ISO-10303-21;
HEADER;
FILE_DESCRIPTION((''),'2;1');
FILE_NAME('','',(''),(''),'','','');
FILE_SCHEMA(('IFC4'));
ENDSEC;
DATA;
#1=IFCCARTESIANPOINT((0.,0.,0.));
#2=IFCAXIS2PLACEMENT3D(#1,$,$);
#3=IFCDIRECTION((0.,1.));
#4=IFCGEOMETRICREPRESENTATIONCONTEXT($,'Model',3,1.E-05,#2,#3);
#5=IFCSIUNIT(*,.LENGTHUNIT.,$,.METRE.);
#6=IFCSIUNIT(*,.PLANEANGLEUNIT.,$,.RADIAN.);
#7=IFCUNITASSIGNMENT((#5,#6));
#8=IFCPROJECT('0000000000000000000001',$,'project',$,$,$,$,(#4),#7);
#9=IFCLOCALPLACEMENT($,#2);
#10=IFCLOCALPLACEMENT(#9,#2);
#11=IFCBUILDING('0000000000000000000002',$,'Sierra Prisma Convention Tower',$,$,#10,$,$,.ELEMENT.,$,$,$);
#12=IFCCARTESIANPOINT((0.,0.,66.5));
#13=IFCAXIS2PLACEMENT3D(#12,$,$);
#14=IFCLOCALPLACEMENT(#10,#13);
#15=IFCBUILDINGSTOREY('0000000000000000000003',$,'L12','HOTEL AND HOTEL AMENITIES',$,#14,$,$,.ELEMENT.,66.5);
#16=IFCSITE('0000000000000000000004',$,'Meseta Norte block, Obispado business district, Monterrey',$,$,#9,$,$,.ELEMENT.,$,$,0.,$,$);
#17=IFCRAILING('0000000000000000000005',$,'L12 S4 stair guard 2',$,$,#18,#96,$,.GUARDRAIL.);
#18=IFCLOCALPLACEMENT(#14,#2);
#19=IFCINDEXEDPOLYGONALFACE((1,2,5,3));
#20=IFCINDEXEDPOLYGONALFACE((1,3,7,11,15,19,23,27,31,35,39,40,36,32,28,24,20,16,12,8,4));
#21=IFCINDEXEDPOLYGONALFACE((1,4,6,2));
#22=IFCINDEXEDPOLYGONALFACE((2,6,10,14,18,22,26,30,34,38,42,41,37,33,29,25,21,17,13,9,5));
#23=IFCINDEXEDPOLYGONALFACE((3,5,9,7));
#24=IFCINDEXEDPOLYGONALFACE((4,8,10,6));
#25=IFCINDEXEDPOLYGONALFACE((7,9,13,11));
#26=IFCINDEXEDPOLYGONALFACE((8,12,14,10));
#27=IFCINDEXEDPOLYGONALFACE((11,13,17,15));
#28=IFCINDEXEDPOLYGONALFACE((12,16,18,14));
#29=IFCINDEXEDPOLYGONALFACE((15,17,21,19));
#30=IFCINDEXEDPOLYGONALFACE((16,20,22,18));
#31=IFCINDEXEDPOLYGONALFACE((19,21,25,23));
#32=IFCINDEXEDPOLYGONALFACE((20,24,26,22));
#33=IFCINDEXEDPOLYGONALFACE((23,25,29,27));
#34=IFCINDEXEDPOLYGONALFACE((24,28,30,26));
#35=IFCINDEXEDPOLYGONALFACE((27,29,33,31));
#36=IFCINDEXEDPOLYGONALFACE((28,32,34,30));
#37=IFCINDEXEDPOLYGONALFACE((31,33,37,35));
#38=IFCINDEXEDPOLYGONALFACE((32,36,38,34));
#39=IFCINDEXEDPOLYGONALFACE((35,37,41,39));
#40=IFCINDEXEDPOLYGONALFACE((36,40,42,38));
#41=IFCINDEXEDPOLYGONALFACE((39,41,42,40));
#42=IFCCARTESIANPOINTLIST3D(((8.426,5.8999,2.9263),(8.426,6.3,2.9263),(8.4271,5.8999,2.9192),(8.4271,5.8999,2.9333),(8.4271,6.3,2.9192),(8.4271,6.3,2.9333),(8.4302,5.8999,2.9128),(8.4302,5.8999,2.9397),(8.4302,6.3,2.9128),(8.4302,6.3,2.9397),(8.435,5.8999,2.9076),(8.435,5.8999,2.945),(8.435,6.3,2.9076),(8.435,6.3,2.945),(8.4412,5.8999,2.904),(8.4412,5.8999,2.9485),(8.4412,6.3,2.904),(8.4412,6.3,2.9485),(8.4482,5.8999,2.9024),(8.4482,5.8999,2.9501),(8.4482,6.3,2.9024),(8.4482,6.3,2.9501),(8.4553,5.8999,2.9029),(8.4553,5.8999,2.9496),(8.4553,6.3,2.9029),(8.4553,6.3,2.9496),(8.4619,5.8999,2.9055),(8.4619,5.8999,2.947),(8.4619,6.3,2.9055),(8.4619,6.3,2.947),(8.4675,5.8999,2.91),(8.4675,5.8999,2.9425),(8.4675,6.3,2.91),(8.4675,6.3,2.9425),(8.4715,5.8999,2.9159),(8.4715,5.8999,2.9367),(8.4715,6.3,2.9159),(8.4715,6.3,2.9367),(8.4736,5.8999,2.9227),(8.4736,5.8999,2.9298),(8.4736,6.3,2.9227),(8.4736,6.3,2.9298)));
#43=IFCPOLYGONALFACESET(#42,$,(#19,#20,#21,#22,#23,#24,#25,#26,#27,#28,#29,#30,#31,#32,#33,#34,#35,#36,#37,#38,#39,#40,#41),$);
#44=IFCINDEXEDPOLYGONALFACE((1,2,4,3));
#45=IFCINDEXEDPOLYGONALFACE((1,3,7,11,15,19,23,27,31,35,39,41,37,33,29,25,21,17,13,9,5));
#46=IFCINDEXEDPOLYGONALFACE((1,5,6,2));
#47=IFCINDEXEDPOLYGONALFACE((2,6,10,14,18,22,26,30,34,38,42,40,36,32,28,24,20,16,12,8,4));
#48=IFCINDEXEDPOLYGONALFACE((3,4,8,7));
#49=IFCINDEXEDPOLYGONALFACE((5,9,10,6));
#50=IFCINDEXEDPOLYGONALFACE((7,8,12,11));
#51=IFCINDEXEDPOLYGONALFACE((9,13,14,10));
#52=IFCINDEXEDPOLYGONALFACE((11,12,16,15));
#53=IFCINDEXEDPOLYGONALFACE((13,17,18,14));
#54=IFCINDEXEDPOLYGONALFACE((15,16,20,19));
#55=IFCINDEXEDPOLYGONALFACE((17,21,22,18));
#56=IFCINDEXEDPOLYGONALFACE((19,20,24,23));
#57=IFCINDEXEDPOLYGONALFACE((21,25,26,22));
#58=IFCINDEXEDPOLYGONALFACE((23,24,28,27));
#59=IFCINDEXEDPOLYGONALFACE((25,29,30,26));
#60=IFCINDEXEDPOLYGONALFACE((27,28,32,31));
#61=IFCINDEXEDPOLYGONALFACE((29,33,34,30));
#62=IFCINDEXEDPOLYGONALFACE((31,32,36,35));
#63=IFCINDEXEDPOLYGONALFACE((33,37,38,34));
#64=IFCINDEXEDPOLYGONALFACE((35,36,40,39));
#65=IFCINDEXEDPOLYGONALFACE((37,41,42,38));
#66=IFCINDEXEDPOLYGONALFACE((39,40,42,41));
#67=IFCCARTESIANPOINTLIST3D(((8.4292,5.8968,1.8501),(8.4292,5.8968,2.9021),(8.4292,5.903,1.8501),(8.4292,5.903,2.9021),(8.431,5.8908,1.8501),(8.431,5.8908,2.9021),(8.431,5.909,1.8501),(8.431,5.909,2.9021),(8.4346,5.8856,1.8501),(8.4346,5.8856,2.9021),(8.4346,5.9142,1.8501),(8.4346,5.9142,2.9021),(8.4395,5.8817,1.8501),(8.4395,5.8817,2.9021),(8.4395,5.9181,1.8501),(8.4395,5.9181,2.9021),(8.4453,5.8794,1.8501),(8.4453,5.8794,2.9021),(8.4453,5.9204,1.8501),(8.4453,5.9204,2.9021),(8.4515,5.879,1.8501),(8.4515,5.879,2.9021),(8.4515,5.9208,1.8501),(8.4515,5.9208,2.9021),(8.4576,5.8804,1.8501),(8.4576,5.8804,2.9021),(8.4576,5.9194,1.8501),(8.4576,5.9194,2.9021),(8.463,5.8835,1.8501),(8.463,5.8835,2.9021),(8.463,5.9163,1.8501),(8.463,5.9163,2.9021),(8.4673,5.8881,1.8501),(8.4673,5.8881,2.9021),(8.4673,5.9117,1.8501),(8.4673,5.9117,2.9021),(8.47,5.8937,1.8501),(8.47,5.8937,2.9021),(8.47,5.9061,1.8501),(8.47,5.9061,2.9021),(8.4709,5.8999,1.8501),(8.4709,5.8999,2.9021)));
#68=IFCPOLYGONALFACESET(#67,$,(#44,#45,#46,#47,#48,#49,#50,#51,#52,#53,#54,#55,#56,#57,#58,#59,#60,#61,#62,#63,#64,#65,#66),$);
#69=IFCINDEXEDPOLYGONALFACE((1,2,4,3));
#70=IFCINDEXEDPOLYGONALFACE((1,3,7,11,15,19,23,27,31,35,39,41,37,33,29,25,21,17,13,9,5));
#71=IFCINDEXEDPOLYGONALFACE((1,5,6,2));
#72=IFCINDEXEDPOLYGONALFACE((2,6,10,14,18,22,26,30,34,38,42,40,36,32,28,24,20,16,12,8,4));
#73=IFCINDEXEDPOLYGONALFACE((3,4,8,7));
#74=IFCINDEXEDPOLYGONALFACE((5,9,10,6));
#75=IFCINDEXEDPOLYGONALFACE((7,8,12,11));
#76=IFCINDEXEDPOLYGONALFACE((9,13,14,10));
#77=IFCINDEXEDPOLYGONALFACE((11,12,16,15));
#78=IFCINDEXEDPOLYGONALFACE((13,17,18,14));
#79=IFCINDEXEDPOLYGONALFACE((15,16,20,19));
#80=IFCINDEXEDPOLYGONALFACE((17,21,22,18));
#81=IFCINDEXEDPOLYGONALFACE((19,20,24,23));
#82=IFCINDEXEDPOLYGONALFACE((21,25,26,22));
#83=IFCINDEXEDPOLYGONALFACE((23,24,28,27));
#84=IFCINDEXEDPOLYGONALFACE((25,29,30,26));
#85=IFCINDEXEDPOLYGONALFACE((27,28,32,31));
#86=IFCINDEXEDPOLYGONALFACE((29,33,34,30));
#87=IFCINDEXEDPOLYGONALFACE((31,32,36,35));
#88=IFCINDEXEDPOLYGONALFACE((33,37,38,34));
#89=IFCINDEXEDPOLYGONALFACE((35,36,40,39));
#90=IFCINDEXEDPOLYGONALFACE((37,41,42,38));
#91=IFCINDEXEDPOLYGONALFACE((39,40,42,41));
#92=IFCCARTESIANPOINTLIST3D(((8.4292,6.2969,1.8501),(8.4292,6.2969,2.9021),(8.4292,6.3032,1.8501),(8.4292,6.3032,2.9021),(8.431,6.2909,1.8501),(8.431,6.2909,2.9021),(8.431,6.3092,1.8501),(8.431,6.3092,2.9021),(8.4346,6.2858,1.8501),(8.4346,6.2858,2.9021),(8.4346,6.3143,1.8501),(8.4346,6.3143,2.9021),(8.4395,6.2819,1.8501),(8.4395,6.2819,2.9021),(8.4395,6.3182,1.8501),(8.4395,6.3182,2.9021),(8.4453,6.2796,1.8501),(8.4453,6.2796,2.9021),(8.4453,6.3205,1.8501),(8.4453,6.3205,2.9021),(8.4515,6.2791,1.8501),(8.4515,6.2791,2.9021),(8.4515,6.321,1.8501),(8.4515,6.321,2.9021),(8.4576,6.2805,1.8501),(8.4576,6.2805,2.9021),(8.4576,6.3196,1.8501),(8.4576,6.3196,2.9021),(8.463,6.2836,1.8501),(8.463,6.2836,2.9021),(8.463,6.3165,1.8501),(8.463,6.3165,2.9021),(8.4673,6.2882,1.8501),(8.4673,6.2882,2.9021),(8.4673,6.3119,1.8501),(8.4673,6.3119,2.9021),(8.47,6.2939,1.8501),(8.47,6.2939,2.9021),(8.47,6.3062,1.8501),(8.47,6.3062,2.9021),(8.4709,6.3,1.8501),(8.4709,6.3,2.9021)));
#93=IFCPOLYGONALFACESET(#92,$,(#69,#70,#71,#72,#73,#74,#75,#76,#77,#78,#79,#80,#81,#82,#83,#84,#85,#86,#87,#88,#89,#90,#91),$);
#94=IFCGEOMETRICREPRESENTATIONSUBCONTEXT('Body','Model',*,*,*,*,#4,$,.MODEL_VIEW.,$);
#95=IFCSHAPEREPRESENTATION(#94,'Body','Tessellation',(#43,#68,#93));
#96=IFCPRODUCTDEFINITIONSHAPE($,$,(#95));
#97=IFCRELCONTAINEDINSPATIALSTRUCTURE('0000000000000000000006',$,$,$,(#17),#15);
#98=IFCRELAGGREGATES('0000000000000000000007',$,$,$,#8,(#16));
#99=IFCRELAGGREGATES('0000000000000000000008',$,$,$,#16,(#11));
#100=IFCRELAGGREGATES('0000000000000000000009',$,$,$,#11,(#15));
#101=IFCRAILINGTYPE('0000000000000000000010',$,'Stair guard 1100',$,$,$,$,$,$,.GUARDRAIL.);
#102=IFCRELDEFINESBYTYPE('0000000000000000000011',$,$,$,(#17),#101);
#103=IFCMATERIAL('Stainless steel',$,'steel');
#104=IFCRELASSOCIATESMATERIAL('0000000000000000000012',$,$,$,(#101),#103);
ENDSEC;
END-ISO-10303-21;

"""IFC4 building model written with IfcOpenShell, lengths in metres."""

from ifc_helpers import new_model, si_unit, direction, frame, origin, origin_2d, place, context, subcontext, project, spatial, circle, extrude, material, type_object, element, save


model = new_model("IFC4")

# Units and contexts
model_context = context("Model", 3, precision=1e-05, world=origin(), true_north=direction((0.0, 1.0)))
body_context = subcontext(model_context, "Body", "Model", "MODEL_VIEW")
ifc_project = project(units=[si_unit("LENGTHUNIT", "METRE"), si_unit("PLANEANGLEUNIT", "RADIAN")], contexts=[model_context])

# Site, building, storey
site_placement = place(None, origin())
site = spatial("IfcSite", under=ifc_project, at=site_placement, Name="Meseta Norte block, Obispado business district, Monterrey", CompositionType="ELEMENT", RefElevation=0.0)
building_placement = place(site_placement, origin())
building = spatial("IfcBuilding", under=site, at=building_placement, Name="Sierra Prisma Convention Tower", CompositionType="ELEMENT")
storey_placement = place(building_placement, frame((0.0, 0.0, 66.5)))
storey = spatial("IfcBuildingStorey", under=building, at=storey_placement, Name="L12", Description="HOTEL AND HOTEL AMENITIES", CompositionType="ELEMENT", Elevation=66.5)

# Railing
ifc_material_1 = material(Name="Stainless steel", Category="steel")
railing_type_1 = type_object("IfcRailingType", Name="Stair guard 1100", PredefinedType="GUARDRAIL", material=ifc_material_1)
railing_1_placement = place(storey_placement, frame((8.45, 5.8999, 1.8501)))
element("IfcRailing", 1, at=railing_1_placement, inside=storey, type_object=railing_type_1, Name="L12 S4 stair guard 2", PredefinedType="GUARDRAIL", context=body_context, shape_type="SweptSolid", body=[
    extrude(circle(Radius=0.0239, at=origin_2d()), frame((0.0, 0.0, 1.0762), z_axis=(0.0, 1.0, 0.0), x_axis=(-1.0, 0.0, 0.0)), (0.0, 0.0, 1.0), 0.4001),
    extrude(circle(Radius=0.021, at=origin_2d()), origin(), (0.0, 0.0, 1.0), 1.052),
    extrude(circle(Radius=0.021, at=origin_2d()), frame((0.0, 0.4001, 0.0)), (0.0, 0.0, 1.0), 1.052),
])

save(model, "model.ifc")
